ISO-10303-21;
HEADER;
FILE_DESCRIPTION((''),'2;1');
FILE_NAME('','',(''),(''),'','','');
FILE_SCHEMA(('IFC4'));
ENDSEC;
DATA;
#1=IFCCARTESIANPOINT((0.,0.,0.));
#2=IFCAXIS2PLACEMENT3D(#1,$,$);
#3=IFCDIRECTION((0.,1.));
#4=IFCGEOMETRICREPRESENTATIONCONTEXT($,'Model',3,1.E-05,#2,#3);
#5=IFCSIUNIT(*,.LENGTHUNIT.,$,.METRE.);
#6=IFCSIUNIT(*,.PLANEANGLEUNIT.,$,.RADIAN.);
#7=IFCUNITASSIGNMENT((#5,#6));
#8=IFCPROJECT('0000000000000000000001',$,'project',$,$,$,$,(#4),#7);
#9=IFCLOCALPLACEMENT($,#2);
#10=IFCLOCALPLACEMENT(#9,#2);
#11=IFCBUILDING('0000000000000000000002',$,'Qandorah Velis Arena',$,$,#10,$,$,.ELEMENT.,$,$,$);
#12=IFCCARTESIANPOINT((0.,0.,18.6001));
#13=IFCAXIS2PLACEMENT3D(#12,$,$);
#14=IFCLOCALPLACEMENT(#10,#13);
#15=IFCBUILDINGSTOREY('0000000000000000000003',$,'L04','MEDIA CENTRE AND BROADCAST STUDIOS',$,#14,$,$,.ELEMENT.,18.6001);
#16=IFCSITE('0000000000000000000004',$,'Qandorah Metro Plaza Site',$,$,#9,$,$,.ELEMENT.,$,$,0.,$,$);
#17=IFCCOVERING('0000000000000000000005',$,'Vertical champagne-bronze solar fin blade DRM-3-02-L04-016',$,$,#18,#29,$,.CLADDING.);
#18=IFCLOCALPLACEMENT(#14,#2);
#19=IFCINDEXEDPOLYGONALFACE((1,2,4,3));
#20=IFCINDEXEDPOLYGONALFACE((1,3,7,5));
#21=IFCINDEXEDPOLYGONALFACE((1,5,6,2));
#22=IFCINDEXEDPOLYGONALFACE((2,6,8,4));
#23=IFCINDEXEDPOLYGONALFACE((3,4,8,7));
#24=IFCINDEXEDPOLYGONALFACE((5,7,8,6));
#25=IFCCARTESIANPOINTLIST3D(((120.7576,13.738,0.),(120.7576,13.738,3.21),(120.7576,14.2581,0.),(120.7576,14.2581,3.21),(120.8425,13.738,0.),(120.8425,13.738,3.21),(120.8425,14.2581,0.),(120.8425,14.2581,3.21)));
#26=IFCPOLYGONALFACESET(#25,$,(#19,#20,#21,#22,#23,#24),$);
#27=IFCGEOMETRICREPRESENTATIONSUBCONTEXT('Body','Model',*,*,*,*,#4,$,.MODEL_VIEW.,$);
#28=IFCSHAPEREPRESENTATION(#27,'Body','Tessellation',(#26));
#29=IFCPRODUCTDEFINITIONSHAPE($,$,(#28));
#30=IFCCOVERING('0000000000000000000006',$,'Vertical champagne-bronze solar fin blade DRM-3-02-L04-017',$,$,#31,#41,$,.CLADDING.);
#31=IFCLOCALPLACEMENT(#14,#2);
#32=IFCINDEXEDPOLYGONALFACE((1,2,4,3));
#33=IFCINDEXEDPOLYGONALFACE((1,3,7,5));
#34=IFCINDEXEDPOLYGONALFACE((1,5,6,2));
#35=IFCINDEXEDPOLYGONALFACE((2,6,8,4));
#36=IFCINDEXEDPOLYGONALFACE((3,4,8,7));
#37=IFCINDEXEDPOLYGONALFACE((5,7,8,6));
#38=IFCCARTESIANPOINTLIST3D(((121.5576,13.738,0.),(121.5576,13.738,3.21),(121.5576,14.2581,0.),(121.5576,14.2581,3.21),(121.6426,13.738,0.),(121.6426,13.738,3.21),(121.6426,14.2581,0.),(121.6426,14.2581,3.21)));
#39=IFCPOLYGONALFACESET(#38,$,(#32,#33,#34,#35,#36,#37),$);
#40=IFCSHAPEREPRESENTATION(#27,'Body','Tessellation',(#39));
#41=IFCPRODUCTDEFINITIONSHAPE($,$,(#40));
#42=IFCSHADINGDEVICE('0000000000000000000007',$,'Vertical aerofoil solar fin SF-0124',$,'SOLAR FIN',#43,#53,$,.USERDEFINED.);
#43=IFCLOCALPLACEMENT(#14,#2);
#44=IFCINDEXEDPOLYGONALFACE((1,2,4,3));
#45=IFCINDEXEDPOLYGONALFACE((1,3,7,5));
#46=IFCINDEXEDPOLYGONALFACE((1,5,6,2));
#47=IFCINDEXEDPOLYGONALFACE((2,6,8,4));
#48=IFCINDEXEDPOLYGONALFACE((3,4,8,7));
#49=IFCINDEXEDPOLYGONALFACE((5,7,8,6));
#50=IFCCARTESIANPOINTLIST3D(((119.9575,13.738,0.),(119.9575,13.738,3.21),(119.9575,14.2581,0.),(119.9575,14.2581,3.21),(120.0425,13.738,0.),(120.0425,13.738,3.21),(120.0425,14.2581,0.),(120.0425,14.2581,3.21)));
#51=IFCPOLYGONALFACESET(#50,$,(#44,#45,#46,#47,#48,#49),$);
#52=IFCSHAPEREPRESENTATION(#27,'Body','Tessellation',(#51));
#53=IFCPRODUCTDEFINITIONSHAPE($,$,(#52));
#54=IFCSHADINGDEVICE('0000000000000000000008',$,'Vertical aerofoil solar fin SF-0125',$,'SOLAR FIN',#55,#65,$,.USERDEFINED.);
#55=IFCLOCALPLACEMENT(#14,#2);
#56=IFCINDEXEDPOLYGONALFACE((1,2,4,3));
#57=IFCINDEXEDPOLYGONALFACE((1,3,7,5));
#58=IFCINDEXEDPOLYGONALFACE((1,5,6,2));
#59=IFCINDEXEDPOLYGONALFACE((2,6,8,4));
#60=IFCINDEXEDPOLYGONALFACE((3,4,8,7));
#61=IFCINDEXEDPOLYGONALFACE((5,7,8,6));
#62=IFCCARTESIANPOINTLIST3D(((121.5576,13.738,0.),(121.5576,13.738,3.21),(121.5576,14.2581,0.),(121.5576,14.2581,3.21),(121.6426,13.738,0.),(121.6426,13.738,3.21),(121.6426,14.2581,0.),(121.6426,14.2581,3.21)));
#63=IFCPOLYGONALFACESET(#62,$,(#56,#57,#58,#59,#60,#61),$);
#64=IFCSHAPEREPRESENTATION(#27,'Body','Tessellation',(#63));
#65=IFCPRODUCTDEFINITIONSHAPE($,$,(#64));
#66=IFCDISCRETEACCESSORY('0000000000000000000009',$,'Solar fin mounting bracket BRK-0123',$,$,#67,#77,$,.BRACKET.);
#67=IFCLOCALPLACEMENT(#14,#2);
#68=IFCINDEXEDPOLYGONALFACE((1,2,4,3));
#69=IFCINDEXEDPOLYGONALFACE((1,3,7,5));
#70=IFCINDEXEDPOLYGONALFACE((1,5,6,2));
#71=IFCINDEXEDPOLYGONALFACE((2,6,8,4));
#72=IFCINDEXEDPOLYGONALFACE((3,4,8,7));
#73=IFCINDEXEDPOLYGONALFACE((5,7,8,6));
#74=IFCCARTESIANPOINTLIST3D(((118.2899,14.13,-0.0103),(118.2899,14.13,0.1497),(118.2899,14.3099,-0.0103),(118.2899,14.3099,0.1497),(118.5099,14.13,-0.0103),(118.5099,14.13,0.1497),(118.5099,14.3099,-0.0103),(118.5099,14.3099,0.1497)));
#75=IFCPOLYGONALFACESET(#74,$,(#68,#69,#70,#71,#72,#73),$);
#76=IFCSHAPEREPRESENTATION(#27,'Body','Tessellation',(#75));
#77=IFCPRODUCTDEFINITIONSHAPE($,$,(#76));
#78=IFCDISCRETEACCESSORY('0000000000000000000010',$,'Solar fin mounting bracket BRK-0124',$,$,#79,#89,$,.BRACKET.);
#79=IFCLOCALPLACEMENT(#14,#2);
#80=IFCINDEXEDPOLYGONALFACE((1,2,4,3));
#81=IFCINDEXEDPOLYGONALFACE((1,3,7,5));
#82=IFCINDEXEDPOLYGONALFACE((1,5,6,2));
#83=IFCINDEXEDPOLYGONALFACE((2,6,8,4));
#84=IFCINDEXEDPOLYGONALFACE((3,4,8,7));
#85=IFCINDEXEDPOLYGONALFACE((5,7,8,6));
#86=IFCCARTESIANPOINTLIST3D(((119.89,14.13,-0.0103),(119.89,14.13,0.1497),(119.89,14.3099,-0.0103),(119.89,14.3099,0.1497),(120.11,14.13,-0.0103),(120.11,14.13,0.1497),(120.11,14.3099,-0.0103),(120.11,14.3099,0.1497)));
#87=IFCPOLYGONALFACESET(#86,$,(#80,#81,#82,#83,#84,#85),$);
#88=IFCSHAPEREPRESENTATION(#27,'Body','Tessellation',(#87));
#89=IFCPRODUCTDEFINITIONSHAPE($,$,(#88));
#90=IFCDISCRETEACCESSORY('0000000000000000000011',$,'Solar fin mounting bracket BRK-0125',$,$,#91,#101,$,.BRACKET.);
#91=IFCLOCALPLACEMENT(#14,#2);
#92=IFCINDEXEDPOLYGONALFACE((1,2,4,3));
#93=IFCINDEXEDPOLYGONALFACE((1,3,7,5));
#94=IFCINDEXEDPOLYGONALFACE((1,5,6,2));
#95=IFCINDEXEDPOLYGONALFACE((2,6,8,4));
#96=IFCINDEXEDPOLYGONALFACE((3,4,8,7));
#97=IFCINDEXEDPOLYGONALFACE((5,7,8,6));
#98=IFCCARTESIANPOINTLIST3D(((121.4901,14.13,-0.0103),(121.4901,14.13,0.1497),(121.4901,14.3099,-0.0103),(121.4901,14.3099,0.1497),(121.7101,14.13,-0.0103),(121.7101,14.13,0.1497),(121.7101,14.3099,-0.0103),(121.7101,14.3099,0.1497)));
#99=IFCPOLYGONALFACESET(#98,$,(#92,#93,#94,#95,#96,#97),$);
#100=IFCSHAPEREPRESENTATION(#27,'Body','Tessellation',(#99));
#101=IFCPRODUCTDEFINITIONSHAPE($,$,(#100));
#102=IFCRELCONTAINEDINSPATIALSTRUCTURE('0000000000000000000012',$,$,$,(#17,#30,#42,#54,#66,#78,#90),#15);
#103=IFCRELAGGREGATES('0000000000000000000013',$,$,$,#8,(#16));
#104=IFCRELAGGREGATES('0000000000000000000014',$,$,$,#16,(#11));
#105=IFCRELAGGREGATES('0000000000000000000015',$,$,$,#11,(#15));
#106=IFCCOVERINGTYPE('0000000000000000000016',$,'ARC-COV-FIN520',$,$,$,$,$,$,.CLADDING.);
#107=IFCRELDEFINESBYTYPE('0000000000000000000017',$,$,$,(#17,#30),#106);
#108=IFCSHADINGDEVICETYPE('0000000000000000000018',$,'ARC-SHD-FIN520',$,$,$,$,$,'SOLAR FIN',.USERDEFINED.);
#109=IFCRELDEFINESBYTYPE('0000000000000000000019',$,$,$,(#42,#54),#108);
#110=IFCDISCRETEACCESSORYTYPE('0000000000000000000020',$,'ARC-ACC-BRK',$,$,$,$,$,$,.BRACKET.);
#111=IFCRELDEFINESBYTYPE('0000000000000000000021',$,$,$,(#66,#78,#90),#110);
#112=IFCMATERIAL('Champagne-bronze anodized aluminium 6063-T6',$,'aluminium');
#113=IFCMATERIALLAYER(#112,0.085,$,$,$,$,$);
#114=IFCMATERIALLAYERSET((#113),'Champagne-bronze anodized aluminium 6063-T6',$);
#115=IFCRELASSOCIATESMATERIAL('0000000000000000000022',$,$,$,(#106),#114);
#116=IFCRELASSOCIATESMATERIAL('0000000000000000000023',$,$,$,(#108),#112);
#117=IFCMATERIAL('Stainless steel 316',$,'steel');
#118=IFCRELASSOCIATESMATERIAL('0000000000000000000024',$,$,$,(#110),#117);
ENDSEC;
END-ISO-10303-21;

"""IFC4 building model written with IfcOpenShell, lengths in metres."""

from ifc_helpers import new_model, si_unit, direction, frame, origin, origin_2d, place, context, subcontext, project, spatial, rectangle, extrude, material, layer, layer_set, type_object, element, save


model = new_model("IFC4")

# Units and contexts
model_context = context("Model", 3, precision=1e-05, world=origin(), true_north=direction((0.0, 1.0)))
body_context = subcontext(model_context, "Body", "Model", "MODEL_VIEW")
ifc_project = project(units=[si_unit("LENGTHUNIT", "METRE"), si_unit("PLANEANGLEUNIT", "RADIAN")], contexts=[model_context])

# Site, building, storey
site_placement = place(None, origin())
site = spatial("IfcSite", under=ifc_project, at=site_placement, Name="Qandorah Metro Plaza Site", CompositionType="ELEMENT", RefElevation=0.0)
building_placement = place(site_placement, origin())
building = spatial("IfcBuilding", under=site, at=building_placement, Name="Qandorah Velis Arena", CompositionType="ELEMENT")
storey_placement = place(building_placement, frame((0.0, 0.0, 18.6001)))
storey = spatial("IfcBuildingStorey", under=building, at=storey_placement, Name="L04", Description="MEDIA CENTRE AND BROADCAST STUDIOS", CompositionType="ELEMENT", Elevation=18.6001)

# Coverings
ifc_material_1 = material(Name="Champagne-bronze anodized aluminium 6063-T6", Category="aluminium")
ifc_layer_1 = layer(ifc_material_1, 0.085)
ifc_layer_set_1 = layer_set([ifc_layer_1], Name="Champagne-bronze anodized aluminium 6063-T6")
covering_type = type_object("IfcCoveringType", Name="ARC-COV-FIN520", PredefinedType="CLADDING", material=ifc_layer_set_1)
for number, where, z_axis, x_axis, name in (
    (1, (120.8, 13.998, 0.0), (0.0, 0.0, 1.0), (1.0, 0.0, 0.0), "Vertical champagne-bronze solar fin blade DRM-3-02-L04-016"),
    (2, (121.6001, 13.998, 0.0), (0.0, 0.0, 1.0), (1.0, 0.0, 0.0), "Vertical champagne-bronze solar fin blade DRM-3-02-L04-017"),
):
    element("IfcCovering", number, at=place(storey_placement, frame(where, z_axis=z_axis, x_axis=x_axis)), inside=storey, type_object=covering_type, Name=name, PredefinedType="CLADDING", context=body_context, shape_type="SweptSolid", body=[
        extrude(rectangle(XDim=0.085, YDim=0.52, at=origin_2d()), origin(), (0.0, 0.0, 1.0), 3.21),
    ])

# Shading devices
shading_device_type = type_object("IfcShadingDeviceType", Name="ARC-SHD-FIN520", ElementType="SOLAR FIN", PredefinedType="USERDEFINED", material=ifc_material_1)
for number, where, z_axis, x_axis, name in (
    (3, (120.0, 13.998, 0.0), (0.0, 0.0, 1.0), (1.0, 0.0, 0.0), "Vertical aerofoil solar fin SF-0124"),
    (4, (121.6001, 13.998, 0.0), (0.0, 0.0, 1.0), (1.0, 0.0, 0.0), "Vertical aerofoil solar fin SF-0125"),
):
    element("IfcShadingDevice", number, at=place(storey_placement, frame(where, z_axis=z_axis, x_axis=x_axis)), inside=storey, type_object=shading_device_type, Name=name, ObjectType="SOLAR FIN", PredefinedType="USERDEFINED", context=body_context, shape_type="SweptSolid", body=[
        extrude(rectangle(XDim=0.085, YDim=0.52, at=origin_2d()), origin(), (0.0, 0.0, 1.0), 3.21),
    ])

# Discrete accessories
ifc_material_2 = material(Name="Stainless steel 316", Category="steel")
discrete_accessory_type = type_object("IfcDiscreteAccessoryType", Name="ARC-ACC-BRK", PredefinedType="BRACKET", material=ifc_material_2)
for number, where, z_axis, x_axis, name in (
    (5, (118.3999, 14.22, -0.0103), (0.0, 0.0, 1.0), (1.0, 0.0, 0.0), "Solar fin mounting bracket BRK-0123"),
    (6, (120.0, 14.22, -0.0103), (0.0, 0.0, 1.0), (1.0, 0.0, 0.0), "Solar fin mounting bracket BRK-0124"),
    (7, (121.6001, 14.22, -0.0103), (0.0, 0.0, 1.0), (1.0, 0.0, 0.0), "Solar fin mounting bracket BRK-0125"),
):
    element("IfcDiscreteAccessory", number, at=place(storey_placement, frame(where, z_axis=z_axis, x_axis=x_axis)), inside=storey, type_object=discrete_accessory_type, Name=name, PredefinedType="BRACKET", context=body_context, shape_type="SweptSolid", body=[
        extrude(rectangle(XDim=0.22, YDim=0.1799, at=origin_2d()), origin(), (0.0, 0.0, 1.0), 0.1599),
    ])

save(model, "model.ifc")
